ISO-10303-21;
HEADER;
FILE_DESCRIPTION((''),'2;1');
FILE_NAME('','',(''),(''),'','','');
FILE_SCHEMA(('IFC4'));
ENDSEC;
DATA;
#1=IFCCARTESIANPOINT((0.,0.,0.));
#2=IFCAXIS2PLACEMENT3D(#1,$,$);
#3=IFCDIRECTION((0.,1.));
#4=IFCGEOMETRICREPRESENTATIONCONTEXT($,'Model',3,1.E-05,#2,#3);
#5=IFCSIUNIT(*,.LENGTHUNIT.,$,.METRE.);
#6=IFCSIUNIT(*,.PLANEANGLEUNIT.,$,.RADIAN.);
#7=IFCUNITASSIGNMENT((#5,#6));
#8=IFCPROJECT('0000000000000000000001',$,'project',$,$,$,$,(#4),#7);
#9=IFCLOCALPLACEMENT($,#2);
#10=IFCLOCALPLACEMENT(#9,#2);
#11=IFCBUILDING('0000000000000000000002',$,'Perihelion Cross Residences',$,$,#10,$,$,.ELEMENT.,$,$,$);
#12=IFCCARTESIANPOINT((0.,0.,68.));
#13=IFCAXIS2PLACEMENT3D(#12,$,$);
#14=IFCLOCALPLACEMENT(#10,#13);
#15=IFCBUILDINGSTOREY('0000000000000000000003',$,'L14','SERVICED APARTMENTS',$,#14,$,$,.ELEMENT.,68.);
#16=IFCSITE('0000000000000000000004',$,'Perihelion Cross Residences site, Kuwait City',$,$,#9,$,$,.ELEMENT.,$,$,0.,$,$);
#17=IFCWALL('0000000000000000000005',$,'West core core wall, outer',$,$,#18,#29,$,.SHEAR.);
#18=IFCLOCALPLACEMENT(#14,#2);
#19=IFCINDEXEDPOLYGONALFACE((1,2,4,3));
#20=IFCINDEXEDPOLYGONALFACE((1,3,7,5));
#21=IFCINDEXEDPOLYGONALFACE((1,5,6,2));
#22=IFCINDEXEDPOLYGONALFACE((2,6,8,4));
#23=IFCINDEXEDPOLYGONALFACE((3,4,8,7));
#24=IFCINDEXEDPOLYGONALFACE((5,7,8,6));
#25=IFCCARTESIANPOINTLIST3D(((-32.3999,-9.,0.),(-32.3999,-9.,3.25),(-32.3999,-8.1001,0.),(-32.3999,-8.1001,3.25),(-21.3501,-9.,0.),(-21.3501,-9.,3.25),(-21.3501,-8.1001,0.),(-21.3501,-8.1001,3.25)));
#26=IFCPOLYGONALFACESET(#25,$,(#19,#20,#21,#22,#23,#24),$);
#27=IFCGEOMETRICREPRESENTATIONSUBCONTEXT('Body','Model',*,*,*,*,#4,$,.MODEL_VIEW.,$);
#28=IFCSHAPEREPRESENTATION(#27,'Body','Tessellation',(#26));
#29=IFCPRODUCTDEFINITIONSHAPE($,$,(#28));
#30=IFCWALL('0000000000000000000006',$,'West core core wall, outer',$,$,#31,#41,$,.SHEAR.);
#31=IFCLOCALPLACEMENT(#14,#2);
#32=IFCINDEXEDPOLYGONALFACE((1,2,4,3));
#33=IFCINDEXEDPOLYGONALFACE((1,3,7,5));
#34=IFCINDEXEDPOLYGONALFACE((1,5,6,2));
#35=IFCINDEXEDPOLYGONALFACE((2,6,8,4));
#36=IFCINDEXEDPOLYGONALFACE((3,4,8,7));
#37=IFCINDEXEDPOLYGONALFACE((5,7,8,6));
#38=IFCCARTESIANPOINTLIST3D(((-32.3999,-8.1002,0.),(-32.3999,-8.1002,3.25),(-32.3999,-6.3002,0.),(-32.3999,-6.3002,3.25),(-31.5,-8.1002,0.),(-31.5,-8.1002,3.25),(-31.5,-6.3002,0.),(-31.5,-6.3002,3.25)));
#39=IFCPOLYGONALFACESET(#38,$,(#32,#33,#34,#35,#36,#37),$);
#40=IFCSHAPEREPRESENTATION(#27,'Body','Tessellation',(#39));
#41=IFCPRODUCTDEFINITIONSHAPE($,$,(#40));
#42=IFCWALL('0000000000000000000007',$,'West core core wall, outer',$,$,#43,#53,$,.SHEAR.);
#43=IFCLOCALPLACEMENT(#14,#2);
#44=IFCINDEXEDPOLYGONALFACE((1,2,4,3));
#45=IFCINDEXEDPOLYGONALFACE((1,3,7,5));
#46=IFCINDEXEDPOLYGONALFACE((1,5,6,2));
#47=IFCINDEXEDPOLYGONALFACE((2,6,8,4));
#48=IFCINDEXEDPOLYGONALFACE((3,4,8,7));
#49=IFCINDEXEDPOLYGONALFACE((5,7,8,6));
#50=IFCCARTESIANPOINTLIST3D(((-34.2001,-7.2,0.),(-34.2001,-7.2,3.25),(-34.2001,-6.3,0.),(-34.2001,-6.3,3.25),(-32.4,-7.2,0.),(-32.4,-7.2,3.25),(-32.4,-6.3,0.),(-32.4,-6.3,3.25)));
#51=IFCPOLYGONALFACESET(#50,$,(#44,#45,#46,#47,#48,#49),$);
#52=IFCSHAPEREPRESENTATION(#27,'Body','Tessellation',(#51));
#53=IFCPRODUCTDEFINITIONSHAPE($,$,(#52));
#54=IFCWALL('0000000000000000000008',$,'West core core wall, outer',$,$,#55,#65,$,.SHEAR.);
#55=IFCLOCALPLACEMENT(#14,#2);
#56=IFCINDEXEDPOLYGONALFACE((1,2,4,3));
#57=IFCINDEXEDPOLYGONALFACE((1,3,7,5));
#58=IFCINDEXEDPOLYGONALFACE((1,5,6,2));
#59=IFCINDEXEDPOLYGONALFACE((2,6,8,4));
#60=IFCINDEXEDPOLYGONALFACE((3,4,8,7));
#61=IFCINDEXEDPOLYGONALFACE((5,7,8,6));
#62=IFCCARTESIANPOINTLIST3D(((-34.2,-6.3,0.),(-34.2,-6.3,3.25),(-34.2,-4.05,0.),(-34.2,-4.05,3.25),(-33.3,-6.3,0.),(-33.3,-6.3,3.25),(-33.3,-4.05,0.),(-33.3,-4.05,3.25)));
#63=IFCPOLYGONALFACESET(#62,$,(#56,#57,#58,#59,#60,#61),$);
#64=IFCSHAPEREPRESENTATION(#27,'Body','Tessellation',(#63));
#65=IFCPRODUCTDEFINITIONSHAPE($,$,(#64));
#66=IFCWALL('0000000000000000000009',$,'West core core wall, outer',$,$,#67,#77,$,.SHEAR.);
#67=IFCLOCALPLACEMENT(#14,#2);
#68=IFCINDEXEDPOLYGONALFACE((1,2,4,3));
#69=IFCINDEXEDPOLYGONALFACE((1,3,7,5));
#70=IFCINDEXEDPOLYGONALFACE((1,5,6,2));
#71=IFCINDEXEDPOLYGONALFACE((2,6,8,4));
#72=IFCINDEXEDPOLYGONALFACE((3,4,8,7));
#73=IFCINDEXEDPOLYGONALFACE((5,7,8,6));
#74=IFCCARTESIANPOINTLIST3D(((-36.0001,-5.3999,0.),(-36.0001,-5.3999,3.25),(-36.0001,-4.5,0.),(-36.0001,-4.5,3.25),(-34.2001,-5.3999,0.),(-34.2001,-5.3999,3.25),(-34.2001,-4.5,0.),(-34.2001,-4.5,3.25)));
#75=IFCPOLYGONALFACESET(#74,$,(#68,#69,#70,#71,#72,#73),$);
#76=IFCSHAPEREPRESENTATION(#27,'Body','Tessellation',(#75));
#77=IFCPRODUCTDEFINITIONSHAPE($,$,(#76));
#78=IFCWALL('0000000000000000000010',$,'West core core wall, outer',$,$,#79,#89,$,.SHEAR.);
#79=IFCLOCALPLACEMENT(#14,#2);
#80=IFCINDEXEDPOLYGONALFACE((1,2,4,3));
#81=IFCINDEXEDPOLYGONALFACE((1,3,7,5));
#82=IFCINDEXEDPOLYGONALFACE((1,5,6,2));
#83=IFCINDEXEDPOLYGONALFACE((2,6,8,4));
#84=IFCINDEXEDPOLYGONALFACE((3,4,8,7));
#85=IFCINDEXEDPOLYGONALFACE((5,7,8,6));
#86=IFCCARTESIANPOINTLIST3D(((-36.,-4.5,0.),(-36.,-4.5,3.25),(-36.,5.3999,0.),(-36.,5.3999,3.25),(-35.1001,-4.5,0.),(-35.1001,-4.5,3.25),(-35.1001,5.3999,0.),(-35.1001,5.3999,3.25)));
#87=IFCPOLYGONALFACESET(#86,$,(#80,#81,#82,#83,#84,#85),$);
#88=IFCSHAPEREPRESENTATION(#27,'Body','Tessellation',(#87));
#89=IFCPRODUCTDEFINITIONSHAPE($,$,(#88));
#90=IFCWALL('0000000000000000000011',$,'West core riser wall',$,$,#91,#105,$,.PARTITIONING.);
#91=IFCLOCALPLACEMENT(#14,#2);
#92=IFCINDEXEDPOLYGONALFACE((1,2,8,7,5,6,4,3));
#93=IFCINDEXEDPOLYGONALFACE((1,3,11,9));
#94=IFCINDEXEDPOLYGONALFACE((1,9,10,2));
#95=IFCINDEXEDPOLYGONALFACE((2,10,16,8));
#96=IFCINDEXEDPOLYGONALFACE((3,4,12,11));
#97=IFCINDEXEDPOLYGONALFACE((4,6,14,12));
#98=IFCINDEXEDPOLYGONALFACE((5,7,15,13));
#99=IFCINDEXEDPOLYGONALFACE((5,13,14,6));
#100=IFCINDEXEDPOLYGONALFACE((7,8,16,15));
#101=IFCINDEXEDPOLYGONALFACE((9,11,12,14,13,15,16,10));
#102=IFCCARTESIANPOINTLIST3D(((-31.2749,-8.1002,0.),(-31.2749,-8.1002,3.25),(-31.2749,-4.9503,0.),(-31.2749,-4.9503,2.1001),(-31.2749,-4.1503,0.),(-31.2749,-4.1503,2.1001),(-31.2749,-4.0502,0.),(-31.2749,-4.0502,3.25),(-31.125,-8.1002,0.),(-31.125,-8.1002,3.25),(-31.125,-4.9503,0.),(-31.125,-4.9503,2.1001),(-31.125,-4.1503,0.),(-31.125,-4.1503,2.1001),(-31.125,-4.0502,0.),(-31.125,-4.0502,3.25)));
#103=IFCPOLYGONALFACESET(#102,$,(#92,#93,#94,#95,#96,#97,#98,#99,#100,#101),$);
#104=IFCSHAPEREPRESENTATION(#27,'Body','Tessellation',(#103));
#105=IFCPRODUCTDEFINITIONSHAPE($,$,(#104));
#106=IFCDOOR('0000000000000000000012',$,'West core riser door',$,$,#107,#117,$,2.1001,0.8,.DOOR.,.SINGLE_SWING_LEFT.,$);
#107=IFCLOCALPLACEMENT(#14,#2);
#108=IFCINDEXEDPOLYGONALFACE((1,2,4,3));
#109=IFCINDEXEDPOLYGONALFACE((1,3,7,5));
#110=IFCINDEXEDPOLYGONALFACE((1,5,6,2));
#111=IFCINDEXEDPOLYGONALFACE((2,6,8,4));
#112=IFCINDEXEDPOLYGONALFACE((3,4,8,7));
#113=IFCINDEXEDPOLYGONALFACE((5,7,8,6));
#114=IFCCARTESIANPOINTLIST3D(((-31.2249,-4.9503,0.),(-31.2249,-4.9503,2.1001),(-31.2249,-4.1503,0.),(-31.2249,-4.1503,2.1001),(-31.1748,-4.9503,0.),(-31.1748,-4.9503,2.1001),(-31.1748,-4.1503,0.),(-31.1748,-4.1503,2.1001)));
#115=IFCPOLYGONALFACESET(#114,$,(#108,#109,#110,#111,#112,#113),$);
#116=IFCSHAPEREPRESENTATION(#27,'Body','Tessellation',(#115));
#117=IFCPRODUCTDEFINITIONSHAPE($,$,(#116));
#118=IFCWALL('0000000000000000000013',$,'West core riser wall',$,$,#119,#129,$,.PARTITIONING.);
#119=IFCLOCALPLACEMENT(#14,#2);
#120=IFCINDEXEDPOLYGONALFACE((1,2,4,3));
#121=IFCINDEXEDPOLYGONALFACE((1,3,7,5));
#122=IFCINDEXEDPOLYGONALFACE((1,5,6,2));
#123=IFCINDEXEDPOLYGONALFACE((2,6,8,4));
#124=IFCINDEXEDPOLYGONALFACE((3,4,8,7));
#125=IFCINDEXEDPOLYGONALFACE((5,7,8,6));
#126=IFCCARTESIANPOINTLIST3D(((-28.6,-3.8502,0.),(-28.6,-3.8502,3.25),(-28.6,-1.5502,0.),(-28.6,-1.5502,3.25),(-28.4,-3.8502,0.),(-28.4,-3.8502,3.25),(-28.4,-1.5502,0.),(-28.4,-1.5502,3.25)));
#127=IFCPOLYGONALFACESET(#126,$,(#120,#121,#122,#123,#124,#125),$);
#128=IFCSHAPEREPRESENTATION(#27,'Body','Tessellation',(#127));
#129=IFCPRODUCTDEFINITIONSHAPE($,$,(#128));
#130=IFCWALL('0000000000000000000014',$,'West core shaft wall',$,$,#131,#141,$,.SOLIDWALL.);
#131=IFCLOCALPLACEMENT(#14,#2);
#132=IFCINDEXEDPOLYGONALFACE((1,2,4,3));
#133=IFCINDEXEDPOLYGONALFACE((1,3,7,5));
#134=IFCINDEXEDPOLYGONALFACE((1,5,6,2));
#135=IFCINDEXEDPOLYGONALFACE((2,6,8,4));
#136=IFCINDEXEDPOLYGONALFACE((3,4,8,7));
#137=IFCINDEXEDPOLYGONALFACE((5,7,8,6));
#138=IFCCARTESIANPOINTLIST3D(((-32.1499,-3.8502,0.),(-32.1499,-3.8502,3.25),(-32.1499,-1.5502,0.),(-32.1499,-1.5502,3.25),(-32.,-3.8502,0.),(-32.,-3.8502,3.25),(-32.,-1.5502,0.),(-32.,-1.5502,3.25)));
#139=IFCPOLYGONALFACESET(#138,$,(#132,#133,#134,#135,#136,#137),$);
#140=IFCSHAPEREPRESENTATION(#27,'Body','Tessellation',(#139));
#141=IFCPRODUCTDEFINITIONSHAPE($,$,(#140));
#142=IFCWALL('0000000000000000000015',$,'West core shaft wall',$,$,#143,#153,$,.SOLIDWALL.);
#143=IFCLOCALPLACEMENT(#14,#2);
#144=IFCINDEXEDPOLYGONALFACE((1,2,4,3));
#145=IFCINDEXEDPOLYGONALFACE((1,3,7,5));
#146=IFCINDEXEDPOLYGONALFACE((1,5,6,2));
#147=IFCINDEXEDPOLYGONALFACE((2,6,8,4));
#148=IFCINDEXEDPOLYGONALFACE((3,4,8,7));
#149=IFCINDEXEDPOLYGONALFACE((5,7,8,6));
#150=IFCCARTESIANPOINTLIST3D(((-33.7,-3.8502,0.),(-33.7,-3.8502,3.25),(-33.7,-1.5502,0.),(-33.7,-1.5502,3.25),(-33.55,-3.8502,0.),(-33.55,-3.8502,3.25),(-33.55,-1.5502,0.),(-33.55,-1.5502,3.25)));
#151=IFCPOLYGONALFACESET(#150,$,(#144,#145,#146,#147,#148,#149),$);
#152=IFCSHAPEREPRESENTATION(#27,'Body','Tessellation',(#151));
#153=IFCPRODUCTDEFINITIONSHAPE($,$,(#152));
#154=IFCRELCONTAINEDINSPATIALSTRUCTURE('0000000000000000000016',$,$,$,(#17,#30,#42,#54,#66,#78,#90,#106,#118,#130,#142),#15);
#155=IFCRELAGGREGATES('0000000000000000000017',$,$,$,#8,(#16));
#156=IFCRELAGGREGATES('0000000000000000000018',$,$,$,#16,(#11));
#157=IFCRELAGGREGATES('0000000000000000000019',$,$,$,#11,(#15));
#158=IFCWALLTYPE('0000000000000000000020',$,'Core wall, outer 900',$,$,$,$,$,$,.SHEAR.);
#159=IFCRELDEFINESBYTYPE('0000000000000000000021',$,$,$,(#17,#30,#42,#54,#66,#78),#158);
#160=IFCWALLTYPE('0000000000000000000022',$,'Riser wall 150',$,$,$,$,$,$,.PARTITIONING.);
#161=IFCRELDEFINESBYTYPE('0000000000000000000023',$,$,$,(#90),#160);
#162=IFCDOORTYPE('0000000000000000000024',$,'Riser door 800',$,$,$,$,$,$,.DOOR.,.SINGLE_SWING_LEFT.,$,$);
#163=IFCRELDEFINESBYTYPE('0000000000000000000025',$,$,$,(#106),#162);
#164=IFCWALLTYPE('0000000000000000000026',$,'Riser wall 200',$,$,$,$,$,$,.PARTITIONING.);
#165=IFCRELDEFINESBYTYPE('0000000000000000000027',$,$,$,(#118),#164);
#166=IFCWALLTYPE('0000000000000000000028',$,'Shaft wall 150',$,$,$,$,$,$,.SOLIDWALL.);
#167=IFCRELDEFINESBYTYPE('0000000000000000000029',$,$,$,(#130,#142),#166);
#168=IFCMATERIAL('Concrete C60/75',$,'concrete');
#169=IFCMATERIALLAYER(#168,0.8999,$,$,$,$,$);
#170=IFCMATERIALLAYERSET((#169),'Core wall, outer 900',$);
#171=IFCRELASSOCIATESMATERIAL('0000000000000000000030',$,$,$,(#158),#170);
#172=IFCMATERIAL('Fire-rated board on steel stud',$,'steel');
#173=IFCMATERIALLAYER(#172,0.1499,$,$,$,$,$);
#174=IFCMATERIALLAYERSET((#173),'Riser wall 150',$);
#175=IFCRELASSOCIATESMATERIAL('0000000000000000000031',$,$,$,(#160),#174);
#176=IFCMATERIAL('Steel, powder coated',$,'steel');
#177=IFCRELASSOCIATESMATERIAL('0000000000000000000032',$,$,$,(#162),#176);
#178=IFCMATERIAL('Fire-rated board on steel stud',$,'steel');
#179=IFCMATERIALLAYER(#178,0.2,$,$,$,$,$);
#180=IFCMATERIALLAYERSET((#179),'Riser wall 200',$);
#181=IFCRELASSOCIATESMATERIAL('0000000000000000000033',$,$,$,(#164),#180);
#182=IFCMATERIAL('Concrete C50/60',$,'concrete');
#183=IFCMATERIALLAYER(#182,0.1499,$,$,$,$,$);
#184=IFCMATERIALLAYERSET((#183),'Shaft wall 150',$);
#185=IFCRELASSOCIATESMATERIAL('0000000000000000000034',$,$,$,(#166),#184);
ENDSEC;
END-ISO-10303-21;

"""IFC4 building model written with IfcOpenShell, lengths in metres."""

from ifc_helpers import new_model, si_unit, direction, frame, frame_2d, origin, place, context, subcontext, project, spatial, rectangle, extrude, material, layer, layer_set, type_object, element, fill, save


model = new_model("IFC4")

# Units and contexts
model_context = context("Model", 3, precision=1e-05, world=origin(), true_north=direction((0.0, 1.0)))
body_context = subcontext(model_context, "Body", "Model", "MODEL_VIEW")
ifc_project = project(units=[si_unit("LENGTHUNIT", "METRE"), si_unit("PLANEANGLEUNIT", "RADIAN")], contexts=[model_context])

# Site, building, storey
site_placement = place(None, origin())
site = spatial("IfcSite", under=ifc_project, at=site_placement, Name="Perihelion Cross Residences site, Kuwait City", CompositionType="ELEMENT", RefElevation=0.0)
building_placement = place(site_placement, origin())
building = spatial("IfcBuilding", under=site, at=building_placement, Name="Perihelion Cross Residences", CompositionType="ELEMENT")
storey_placement = place(building_placement, frame((0.0, 0.0, 68.0)))
storey = spatial("IfcBuildingStorey", under=building, at=storey_placement, Name="L14", Description="SERVICED APARTMENTS", CompositionType="ELEMENT", Elevation=68.0)

# Walls
ifc_material_1 = material(Name="Concrete C60/75", Category="concrete")
ifc_layer_1 = layer(ifc_material_1, 0.8999)
ifc_layer_set_1 = layer_set([ifc_layer_1], Name="Core wall, outer 900")
wall_type_1 = type_object("IfcWallType", Name="Core wall, outer 900", PredefinedType="SHEAR", material=ifc_layer_set_1)
wall_1_placement = place(storey_placement, frame((-32.3999, -8.55, 0.0), z_axis=(0.0, 0.0, 1.0), x_axis=(1.0, 0.0, 0.0)))
element("IfcWall", 1, at=wall_1_placement, inside=storey, type_object=wall_type_1, Name="West core core wall, outer", PredefinedType="SHEAR", context=body_context, shape_type="SweptSolid", body=[
    extrude(rectangle(XDim=11.0498, YDim=0.8999, at=frame_2d((5.5249, 0.0))), origin(), (0.0, 0.0, 1.0), 3.25),
])
for number, where, z_axis, x_axis, name in (
    (2, (-31.95, -8.1001, 0.0), (0.0, 0.0, 1.0), (0.0, 1.0, 0.0), "West core core wall, outer"),
    (3, (-34.2, -6.75, 0.0), (0.0, 0.0, 1.0), (1.0, 0.0, 0.0), "West core core wall, outer"),
):
    element("IfcWall", number, at=place(storey_placement, frame(where, z_axis=z_axis, x_axis=x_axis)), inside=storey, type_object=wall_type_1, Name=name, PredefinedType="SHEAR", context=body_context, shape_type="SweptSolid", body=[
        extrude(rectangle(XDim=1.8, YDim=0.8999, at=frame_2d((0.8999, 0.0))), origin(), (0.0, 0.0, 1.0), 3.25),
    ])
wall_2_placement = place(storey_placement, frame((-33.75, -6.3, 0.0), z_axis=(0.0, 0.0, 1.0), x_axis=(0.0, 1.0, 0.0)))
element("IfcWall", 4, at=wall_2_placement, inside=storey, type_object=wall_type_1, Name="West core core wall, outer", PredefinedType="SHEAR", context=body_context, shape_type="SweptSolid", body=[
    extrude(rectangle(XDim=2.25, YDim=0.8999, at=frame_2d((1.125, 0.0))), origin(), (0.0, 0.0, 1.0), 3.25),
])
wall_3_placement = place(storey_placement, frame((-36.0, -4.95, 0.0), z_axis=(0.0, 0.0, 1.0), x_axis=(1.0, 0.0, 0.0)))
element("IfcWall", 5, at=wall_3_placement, inside=storey, type_object=wall_type_1, Name="West core core wall, outer", PredefinedType="SHEAR", context=body_context, shape_type="SweptSolid", body=[
    extrude(rectangle(XDim=1.8, YDim=0.8999, at=frame_2d((0.8999, 0.0))), origin(), (0.0, 0.0, 1.0), 3.25),
])
wall_4_placement = place(storey_placement, frame((-35.55, -4.5, 0.0), z_axis=(0.0, 0.0, 1.0), x_axis=(0.0, 1.0, 0.0)))
element("IfcWall", 6, at=wall_4_placement, inside=storey, type_object=wall_type_1, Name="West core core wall, outer", PredefinedType="SHEAR", context=body_context, shape_type="SweptSolid", body=[
    extrude(rectangle(XDim=9.8999, YDim=0.8999, at=frame_2d((4.95, 0.0))), origin(), (0.0, 0.0, 1.0), 3.25),
])

# Wall, opening, door
ifc_material_2 = material(Name="Fire-rated board on steel stud", Category="steel")
ifc_layer_2 = layer(ifc_material_2, 0.1499)
ifc_layer_set_2 = layer_set([ifc_layer_2], Name="Riser wall 150")
wall_type_2 = type_object("IfcWallType", Name="Riser wall 150", PredefinedType="PARTITIONING", material=ifc_layer_set_2)
wall_5_placement = place(storey_placement, frame((-31.2, -8.1001, 0.0), z_axis=(0.0, 0.0, 1.0), x_axis=(0.0, 1.0, 0.0)))
wall_5 = element("IfcWall", 7, at=wall_5_placement, inside=storey, type_object=wall_type_2, Name="West core riser wall", PredefinedType="PARTITIONING", context=body_context, shape_type="SweptSolid", body=[
    extrude(rectangle(XDim=4.05, YDim=0.1499, at=frame_2d((2.0249, 0.0))), origin(), (0.0, 0.0, 1.0), 3.25),
])
opening_1_placement = place(wall_5_placement, frame((3.1499, 0.0, 0.0)))
opening_1 = element("IfcOpeningElement", 8, at=opening_1_placement, cuts=wall_5, PredefinedType="OPENING", context=body_context, shape_type="SweptSolid", body=[
    extrude(rectangle(XDim=0.8, YDim=2.1001, at=frame_2d((0.3999, 1.05))), frame((0.0, 0.085, 0.0), z_axis=(0.0, -1.0, 0.0), x_axis=(1.0, 0.0, 0.0)), (0.0, 0.0, 1.0), 0.1699),
])
ifc_material_3 = material(Name="Steel, powder coated", Category="steel")
door_type_1 = type_object("IfcDoorType", Name="Riser door 800", OperationType="SINGLE_SWING_LEFT", PredefinedType="DOOR", material=ifc_material_3)
door_1_placement = place(opening_1_placement, origin())
door_1 = element("IfcDoor", 9, at=door_1_placement, inside=storey, type_object=door_type_1, Name="West core riser door", OperationType="SINGLE_SWING_LEFT", OverallHeight=2.1001, OverallWidth=0.8, PredefinedType="DOOR", context=body_context, shape_type="SweptSolid", body=[
    extrude(rectangle(XDim=0.8, YDim=2.1001, at=frame_2d((0.3999, 1.05))), frame((0.0, 0.0249, 0.0), z_axis=(0.0, -1.0, 0.0), x_axis=(1.0, 0.0, 0.0)), (0.0, 0.0, 1.0), 0.05),
])
fill(opening_1, door_1)

# Walls
ifc_material_4 = material(Name="Fire-rated board on steel stud", Category="steel")
ifc_layer_3 = layer(ifc_material_4, 0.2)
ifc_layer_set_3 = layer_set([ifc_layer_3], Name="Riser wall 200")
wall_type_3 = type_object("IfcWallType", Name="Riser wall 200", PredefinedType="PARTITIONING", material=ifc_layer_set_3)
wall_6_placement = place(storey_placement, frame((-28.5, -3.8501, 0.0), z_axis=(0.0, 0.0, 1.0), x_axis=(0.0, 1.0, 0.0)))
element("IfcWall", 10, at=wall_6_placement, inside=storey, type_object=wall_type_3, Name="West core riser wall", PredefinedType="PARTITIONING", context=body_context, shape_type="SweptSolid", body=[
    extrude(rectangle(XDim=2.3, YDim=0.2, at=frame_2d((1.1499, 0.0))), origin(), (0.0, 0.0, 1.0), 3.25),
])
ifc_material_5 = material(Name="Concrete C50/60", Category="concrete")
ifc_layer_4 = layer(ifc_material_5, 0.1499)
ifc_layer_set_4 = layer_set([ifc_layer_4], Name="Shaft wall 150")
wall_type_4 = type_object("IfcWallType", Name="Shaft wall 150", PredefinedType="SOLIDWALL", material=ifc_layer_set_4)
for number, where, z_axis, x_axis, name in (
    (11, (-32.075, -3.8501, 0.0), (0.0, 0.0, 1.0), (0.0, 1.0, 0.0), "West core shaft wall"),
    (12, (-33.625, -3.8501, 0.0), (0.0, 0.0, 1.0), (0.0, 1.0, 0.0), "West core shaft wall"),
):
    element("IfcWall", number, at=place(storey_placement, frame(where, z_axis=z_axis, x_axis=x_axis)), inside=storey, type_object=wall_type_4, Name=name, PredefinedType="SOLIDWALL", context=body_context, shape_type="SweptSolid", body=[
        extrude(rectangle(XDim=2.3, YDim=0.1499, at=frame_2d((1.1499, 0.0))), origin(), (0.0, 0.0, 1.0), 3.25),
    ])

save(model, "model.ifc")
